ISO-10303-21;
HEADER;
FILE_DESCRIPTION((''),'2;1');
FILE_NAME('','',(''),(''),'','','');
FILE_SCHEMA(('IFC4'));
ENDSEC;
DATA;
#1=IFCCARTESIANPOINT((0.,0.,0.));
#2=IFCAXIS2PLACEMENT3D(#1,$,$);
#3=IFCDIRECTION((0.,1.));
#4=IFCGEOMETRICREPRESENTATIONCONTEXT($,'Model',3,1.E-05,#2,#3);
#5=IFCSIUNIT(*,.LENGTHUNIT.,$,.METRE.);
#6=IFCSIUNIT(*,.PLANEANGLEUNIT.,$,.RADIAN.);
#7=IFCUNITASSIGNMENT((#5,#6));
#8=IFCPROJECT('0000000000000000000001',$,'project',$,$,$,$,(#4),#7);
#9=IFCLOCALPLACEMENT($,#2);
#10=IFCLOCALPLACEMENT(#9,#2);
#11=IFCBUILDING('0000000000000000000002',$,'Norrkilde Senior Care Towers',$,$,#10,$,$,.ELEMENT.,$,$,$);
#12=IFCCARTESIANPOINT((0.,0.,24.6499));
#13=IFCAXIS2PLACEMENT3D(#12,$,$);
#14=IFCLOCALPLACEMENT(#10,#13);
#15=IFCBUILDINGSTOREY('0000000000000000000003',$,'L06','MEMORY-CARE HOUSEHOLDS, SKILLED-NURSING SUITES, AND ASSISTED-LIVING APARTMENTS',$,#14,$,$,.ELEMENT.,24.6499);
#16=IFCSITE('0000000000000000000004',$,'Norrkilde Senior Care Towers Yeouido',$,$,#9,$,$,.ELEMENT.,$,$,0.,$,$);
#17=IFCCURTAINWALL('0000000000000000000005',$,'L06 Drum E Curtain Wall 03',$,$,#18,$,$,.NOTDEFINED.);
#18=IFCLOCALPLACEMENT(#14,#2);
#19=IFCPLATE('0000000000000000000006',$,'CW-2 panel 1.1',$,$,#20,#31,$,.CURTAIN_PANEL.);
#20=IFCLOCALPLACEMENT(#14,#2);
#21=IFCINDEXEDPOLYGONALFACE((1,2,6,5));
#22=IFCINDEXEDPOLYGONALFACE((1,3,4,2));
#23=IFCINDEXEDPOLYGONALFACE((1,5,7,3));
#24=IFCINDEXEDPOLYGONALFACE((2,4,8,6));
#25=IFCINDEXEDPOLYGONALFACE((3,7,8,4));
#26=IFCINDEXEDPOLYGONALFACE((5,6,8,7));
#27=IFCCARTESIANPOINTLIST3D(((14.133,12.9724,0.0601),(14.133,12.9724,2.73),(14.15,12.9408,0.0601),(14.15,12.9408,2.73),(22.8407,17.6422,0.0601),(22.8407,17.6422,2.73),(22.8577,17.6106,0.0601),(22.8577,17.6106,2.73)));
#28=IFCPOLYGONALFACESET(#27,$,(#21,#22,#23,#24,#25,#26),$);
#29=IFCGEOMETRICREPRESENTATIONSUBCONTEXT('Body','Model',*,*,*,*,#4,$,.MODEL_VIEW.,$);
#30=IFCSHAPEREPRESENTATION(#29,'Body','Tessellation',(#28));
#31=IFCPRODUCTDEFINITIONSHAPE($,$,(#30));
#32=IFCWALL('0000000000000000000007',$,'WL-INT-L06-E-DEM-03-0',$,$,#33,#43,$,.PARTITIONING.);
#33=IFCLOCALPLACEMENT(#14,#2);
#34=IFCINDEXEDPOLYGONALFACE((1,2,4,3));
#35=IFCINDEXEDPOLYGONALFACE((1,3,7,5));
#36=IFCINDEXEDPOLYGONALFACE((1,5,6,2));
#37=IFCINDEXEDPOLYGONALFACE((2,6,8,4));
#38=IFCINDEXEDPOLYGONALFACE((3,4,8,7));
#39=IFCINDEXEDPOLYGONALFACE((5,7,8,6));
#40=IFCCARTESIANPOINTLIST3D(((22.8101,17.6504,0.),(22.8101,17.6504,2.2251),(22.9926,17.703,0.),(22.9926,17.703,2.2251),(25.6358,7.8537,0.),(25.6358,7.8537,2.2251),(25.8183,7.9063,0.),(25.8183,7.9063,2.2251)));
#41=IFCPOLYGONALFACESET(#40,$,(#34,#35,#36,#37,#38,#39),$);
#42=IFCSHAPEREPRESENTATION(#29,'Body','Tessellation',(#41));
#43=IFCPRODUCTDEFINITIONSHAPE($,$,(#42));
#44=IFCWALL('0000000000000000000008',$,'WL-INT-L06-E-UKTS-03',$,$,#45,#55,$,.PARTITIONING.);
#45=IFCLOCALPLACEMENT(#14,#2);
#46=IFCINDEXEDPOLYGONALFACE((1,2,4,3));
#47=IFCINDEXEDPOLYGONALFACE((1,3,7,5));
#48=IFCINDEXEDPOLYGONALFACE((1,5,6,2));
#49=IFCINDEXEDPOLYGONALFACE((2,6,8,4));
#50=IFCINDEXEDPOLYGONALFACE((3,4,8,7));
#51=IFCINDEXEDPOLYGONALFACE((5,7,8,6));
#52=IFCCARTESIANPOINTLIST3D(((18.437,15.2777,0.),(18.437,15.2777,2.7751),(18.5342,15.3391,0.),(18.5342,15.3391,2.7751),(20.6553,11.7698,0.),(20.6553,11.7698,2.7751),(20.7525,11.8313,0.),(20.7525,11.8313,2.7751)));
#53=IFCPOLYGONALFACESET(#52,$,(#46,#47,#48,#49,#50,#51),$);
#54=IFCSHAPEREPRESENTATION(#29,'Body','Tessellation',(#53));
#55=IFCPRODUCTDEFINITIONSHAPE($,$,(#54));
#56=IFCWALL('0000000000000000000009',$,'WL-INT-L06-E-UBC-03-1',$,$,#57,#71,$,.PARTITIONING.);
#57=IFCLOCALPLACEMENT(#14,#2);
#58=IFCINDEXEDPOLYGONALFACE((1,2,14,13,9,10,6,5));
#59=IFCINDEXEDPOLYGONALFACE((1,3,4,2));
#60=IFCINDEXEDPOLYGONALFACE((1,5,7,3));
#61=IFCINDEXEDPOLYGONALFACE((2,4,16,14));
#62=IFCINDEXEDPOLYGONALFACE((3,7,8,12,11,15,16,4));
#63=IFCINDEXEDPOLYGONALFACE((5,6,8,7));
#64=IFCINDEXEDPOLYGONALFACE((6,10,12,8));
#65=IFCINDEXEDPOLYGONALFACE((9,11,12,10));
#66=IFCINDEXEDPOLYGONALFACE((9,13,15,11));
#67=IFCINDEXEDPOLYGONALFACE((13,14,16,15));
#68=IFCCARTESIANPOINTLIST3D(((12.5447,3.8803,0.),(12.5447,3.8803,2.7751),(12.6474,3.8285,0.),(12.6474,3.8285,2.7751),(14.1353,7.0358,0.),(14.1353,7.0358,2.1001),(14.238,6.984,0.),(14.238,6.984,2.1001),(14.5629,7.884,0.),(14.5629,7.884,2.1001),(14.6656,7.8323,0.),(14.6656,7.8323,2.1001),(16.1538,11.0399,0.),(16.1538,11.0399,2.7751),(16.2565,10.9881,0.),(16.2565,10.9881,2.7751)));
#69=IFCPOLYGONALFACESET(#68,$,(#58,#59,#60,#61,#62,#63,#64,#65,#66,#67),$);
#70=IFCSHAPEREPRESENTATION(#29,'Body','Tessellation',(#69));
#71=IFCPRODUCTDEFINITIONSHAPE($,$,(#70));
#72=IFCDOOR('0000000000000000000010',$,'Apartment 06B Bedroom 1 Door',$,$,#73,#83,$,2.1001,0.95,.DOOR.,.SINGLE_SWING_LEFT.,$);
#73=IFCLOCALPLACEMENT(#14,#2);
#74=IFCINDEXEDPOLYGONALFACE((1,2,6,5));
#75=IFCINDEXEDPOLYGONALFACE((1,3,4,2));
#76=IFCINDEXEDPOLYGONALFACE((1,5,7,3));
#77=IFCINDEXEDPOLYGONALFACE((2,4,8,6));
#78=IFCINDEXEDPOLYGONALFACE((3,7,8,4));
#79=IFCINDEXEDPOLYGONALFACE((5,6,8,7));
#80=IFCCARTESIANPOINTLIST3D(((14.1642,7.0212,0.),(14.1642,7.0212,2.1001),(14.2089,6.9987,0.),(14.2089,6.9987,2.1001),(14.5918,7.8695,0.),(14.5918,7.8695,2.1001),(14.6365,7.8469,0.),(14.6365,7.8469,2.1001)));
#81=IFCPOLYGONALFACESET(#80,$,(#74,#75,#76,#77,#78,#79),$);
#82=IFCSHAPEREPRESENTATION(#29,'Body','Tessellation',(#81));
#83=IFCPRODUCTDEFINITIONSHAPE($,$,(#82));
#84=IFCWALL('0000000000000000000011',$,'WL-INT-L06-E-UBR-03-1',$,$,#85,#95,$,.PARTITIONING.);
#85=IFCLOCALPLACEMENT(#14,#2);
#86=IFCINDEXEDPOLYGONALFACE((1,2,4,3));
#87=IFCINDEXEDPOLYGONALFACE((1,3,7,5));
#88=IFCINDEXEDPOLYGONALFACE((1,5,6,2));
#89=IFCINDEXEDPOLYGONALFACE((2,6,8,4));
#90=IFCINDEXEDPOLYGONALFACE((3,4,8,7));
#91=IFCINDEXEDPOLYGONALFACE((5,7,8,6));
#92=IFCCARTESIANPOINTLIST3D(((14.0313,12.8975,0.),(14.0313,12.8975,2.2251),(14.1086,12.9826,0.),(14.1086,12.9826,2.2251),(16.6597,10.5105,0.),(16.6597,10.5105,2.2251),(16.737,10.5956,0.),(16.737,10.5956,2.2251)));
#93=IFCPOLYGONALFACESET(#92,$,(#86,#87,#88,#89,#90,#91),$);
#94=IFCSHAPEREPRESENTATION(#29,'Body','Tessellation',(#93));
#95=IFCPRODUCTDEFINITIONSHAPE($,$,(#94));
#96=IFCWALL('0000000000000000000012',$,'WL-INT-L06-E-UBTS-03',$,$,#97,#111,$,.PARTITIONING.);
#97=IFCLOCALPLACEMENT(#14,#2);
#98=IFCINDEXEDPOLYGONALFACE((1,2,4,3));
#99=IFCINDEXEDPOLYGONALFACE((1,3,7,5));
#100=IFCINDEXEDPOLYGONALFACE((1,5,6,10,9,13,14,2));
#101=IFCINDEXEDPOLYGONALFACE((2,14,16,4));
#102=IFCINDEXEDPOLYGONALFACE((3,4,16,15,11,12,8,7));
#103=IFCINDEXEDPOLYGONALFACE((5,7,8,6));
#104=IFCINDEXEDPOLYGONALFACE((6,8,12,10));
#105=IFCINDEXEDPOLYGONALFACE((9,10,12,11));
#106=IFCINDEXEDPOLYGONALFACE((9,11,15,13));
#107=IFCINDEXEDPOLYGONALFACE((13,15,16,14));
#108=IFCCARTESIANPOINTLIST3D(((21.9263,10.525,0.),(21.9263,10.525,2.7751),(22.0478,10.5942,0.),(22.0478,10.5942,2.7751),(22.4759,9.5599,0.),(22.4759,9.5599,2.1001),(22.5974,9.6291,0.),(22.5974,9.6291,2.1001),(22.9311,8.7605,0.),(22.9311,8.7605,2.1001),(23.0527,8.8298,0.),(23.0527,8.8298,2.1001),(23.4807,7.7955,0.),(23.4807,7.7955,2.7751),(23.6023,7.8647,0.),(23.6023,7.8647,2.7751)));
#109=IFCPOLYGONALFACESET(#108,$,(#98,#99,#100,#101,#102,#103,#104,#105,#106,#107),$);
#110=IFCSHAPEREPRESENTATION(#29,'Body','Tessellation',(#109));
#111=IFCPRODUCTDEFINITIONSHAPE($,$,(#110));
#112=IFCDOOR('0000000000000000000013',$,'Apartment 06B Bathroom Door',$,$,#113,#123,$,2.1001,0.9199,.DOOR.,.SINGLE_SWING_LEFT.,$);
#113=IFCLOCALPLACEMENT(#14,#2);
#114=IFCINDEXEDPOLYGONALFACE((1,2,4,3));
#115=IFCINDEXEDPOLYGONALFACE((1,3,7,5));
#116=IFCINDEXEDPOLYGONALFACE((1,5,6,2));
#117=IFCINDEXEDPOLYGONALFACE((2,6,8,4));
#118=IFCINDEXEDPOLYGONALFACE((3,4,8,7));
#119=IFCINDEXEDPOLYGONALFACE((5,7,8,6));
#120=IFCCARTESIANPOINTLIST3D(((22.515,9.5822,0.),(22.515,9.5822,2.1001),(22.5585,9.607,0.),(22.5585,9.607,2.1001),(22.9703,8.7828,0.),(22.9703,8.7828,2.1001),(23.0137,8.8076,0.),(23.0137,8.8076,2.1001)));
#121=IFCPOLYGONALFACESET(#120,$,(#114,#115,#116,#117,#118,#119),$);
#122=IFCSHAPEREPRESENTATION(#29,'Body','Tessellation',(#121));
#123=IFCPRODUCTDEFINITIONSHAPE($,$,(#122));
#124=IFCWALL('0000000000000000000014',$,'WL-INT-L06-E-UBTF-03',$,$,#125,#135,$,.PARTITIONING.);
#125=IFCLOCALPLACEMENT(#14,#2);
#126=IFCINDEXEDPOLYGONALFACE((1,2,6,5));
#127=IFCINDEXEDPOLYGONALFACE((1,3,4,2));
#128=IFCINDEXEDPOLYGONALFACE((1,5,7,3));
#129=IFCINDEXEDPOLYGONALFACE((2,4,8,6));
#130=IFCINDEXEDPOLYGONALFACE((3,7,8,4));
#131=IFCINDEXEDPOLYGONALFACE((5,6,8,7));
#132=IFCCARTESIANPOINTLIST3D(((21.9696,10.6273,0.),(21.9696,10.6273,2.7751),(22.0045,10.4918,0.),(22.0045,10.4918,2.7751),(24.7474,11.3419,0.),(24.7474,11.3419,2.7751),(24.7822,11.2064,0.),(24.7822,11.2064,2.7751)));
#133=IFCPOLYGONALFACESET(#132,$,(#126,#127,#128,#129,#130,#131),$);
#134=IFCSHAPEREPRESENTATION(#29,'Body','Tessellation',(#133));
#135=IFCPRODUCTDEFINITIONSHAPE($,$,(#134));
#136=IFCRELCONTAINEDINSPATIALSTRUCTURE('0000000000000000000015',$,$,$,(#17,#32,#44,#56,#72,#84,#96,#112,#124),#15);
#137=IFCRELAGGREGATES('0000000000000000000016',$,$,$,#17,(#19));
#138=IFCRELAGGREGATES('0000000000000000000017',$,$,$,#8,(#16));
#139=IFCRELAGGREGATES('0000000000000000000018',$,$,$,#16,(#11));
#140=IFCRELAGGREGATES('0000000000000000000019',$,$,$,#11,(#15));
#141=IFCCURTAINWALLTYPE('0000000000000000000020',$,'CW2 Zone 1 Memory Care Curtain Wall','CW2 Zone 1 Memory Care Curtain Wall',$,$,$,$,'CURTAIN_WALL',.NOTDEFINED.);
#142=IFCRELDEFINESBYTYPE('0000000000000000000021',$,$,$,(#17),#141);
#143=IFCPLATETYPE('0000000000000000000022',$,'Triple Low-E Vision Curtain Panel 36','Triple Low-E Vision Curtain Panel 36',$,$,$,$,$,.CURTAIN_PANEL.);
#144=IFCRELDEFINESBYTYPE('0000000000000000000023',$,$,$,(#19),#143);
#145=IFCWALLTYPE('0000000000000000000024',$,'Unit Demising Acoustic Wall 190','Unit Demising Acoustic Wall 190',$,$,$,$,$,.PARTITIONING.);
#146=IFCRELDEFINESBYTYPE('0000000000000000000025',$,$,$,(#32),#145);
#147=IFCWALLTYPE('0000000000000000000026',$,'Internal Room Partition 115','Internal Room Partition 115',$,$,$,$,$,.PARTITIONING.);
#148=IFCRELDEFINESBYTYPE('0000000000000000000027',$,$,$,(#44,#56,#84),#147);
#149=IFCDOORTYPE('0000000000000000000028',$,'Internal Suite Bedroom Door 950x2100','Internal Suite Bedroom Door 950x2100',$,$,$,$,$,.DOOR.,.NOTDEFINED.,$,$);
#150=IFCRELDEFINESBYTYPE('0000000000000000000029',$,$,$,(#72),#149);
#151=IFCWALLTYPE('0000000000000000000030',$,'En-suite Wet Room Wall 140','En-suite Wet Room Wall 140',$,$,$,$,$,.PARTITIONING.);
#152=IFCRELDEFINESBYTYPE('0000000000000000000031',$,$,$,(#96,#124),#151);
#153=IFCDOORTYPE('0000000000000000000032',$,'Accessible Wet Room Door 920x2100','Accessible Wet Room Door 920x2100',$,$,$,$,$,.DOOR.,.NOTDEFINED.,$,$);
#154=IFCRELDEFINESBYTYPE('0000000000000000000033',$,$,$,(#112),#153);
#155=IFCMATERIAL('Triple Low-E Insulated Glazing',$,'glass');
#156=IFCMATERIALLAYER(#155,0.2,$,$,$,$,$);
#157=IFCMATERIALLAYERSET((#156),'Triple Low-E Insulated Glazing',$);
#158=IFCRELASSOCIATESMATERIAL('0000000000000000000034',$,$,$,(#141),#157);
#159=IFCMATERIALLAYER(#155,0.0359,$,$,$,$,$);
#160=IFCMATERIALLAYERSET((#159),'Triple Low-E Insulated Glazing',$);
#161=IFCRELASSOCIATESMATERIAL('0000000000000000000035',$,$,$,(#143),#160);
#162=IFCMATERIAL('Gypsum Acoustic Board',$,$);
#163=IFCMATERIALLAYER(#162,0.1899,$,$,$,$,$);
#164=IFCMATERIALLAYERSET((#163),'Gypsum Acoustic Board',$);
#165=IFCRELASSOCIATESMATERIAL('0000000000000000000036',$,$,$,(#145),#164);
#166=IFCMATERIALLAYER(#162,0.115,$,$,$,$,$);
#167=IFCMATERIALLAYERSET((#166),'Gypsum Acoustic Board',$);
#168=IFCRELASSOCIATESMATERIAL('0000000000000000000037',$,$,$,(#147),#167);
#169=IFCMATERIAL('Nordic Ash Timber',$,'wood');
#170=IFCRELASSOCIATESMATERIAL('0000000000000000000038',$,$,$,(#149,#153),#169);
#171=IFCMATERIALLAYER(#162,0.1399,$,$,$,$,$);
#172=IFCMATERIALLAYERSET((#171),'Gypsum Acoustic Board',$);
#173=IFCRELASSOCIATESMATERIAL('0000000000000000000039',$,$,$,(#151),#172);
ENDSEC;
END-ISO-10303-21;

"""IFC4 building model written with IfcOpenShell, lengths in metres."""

from ifc_helpers import new_model, si_unit, direction, frame, frame_2d, origin, origin_2d, place, context, subcontext, project, spatial, rectangle, extrude, source, transform, mapped, material, layer, layer_set, type_object, type_shapes, element, fill, aggregate, save


model = new_model("IFC4")

# Units and contexts
model_context = context("Model", 3, precision=1e-05, world=origin(), true_north=direction((0.0, 1.0)))
body_context = subcontext(model_context, "Body", "Model", "MODEL_VIEW")
ifc_project = project(units=[si_unit("LENGTHUNIT", "METRE"), si_unit("PLANEANGLEUNIT", "RADIAN")], contexts=[model_context])

# Site, building, storey
site_placement = place(None, origin())
site = spatial("IfcSite", under=ifc_project, at=site_placement, Name="Norrkilde Senior Care Towers Yeouido", CompositionType="ELEMENT", RefElevation=0.0)
building_placement = place(site_placement, origin())
building = spatial("IfcBuilding", under=site, at=building_placement, Name="Norrkilde Senior Care Towers", CompositionType="ELEMENT")
storey_placement = place(building_placement, frame((0.0, 0.0, 24.6499)))
storey = spatial("IfcBuildingStorey", under=building, at=storey_placement, Name="L06", Description="MEMORY-CARE HOUSEHOLDS, SKILLED-NURSING SUITES, AND ASSISTED-LIVING APARTMENTS", CompositionType="ELEMENT", Elevation=24.6499)

# Shared definitions
ifc_material_1 = material(Name="Triple Low-E Insulated Glazing", Category="glass")
ifc_layer_1 = layer(ifc_material_1, 0.2)
ifc_layer_set_1 = layer_set([ifc_layer_1], Name="Triple Low-E Insulated Glazing")
curtain_wall_type = type_object("IfcCurtainWallType", Name="CW2 Zone 1 Memory Care Curtain Wall", Description="CW2 Zone 1 Memory Care Curtain Wall", ElementType="CURTAIN_WALL", PredefinedType="NOTDEFINED", material=ifc_layer_set_1)

# Curtain wall
curtain_wall_1_placement = place(storey_placement, origin())
curtain_wall_1 = element("IfcCurtainWall", 1, at=curtain_wall_1_placement, inside=storey, type_object=curtain_wall_type, Name="L06 Drum E Curtain Wall 03", PredefinedType="NOTDEFINED")

# Plate
ifc_layer_2 = layer(ifc_material_1, 0.0359)
ifc_layer_set_2 = layer_set([ifc_layer_2], Name="Triple Low-E Insulated Glazing")
plate_type = type_object("IfcPlateType", Name="Triple Low-E Vision Curtain Panel 36", Description="Triple Low-E Vision Curtain Panel 36", PredefinedType="CURTAIN_PANEL", material=ifc_layer_set_2)
shared_shape_1 = source(origin(), body_context, "Body", "SweptSolid", [
    extrude(rectangle(XDim=9.8809, YDim=0.0359, at=origin_2d()), origin(), (0.0, 0.0, 1.0), 2.6699),
])
plate_1_placement = place(storey_placement, frame((18.4954, 15.2915, 0.0601), z_axis=(0.0, 0.0, 1.0), x_axis=(0.881273, 0.472608, 0.0)))
plate_1 = element("IfcPlate", 2, at=plate_1_placement, type_object=plate_type, Name="CW-2 panel 1.1", PredefinedType="CURTAIN_PANEL", context=body_context, shape_type="MappedRepresentation", body=[
    mapped(shared_shape_1, transform((0.0, 0.0, 0.0), x_axis=(1.0, 0.0, 0.0), y_axis=(0.0, 1.0, 0.0), z_axis=(0.0, 0.0, 1.0), scale=1.0)),
])
aggregate(curtain_wall_1, [plate_1])

# Walls
ifc_material_2 = material(Name="Gypsum Acoustic Board")
ifc_layer_3 = layer(ifc_material_2, 0.1899)
ifc_layer_set_3 = layer_set([ifc_layer_3], Name="Gypsum Acoustic Board")
wall_type_1 = type_object("IfcWallType", Name="Unit Demising Acoustic Wall 190", Description="Unit Demising Acoustic Wall 190", PredefinedType="PARTITIONING", material=ifc_layer_set_3)
shared_shape_2 = source(origin(), body_context, "Body", "SweptSolid", [
    extrude(rectangle(XDim=10.196, YDim=0.1899, at=frame_2d((5.0981, 0.0))), origin(), (0.0, 0.0, 1.0), 2.2251),
])
type_shapes(wall_type_1, [shared_shape_2])
wall_1_placement = place(storey_placement, frame((25.7271, 7.8799, 0.0), z_axis=(0.0, 0.0, 1.0), x_axis=(-0.277136, 0.960831, 0.0)))
element("IfcWall", 3, at=wall_1_placement, inside=storey, type_object=wall_type_1, Name="WL-INT-L06-E-DEM-03-0", PredefinedType="PARTITIONING", context=body_context, shape_type="MappedRepresentation", body=[
    mapped(shared_shape_2, transform((0.0, 0.0, 0.0), x_axis=(1.0, 0.0, 0.0), y_axis=(0.0, 1.0, 0.0), z_axis=(0.0, 0.0, 1.0), scale=1.0)),
])
ifc_layer_4 = layer(ifc_material_2, 0.115)
ifc_layer_set_4 = layer_set([ifc_layer_4], Name="Gypsum Acoustic Board")
wall_type_2 = type_object("IfcWallType", Name="Internal Room Partition 115", Description="Internal Room Partition 115", PredefinedType="PARTITIONING", material=ifc_layer_set_4)
shared_shape_3 = source(origin(), body_context, "Body", "SweptSolid", [
    extrude(rectangle(XDim=4.1504, YDim=0.115, at=frame_2d((2.0752, 0.0))), origin(), (0.0, 0.0, 1.0), 2.7751),
])
wall_2_placement = place(storey_placement, frame((20.7039, 11.8005, 0.0), z_axis=(0.0, 0.0, 1.0), x_axis=(-0.534475, 0.845184, 0.0)))
element("IfcWall", 4, at=wall_2_placement, inside=storey, type_object=wall_type_2, Name="WL-INT-L06-E-UKTS-03", PredefinedType="PARTITIONING", context=body_context, shape_type="MappedRepresentation", body=[
    mapped(shared_shape_3, transform((0.0, 0.0, 0.0), x_axis=(1.0, 0.0, 0.0), y_axis=(0.0, 1.0, 0.0), z_axis=(0.0, 0.0, 1.0), scale=1.0)),
])

# Wall, opening, door
shared_shape_4 = source(origin(), body_context, "Body", "SweptSolid", [
    extrude(rectangle(XDim=8.0178, YDim=0.115, at=frame_2d((4.0088, 0.0))), origin(), (0.0, 0.0, 1.0), 2.7751),
])
wall_3_placement = place(storey_placement, frame((16.2051, 11.0139, 0.0), z_axis=(0.0, 0.0, 1.0), x_axis=(-0.450134, -0.892961, 0.0)))
wall_3 = element("IfcWall", 5, at=wall_3_placement, inside=storey, type_object=wall_type_2, Name="WL-INT-L06-E-UBC-03-1", PredefinedType="PARTITIONING", context=body_context, shape_type="MappedRepresentation", body=[
    mapped(shared_shape_4, transform((0.0, 0.0, 0.0), x_axis=(1.0, 0.0, 0.0), y_axis=(0.0, 1.0, 0.0), z_axis=(0.0, 0.0, 1.0), scale=1.0)),
])
opening_1_placement = place(wall_3_placement, frame((3.5339, 0.0, 0.0)))
opening_1 = element("IfcOpeningElement", 6, at=opening_1_placement, cuts=wall_3, PredefinedType="OPENING", context=body_context, shape_type="SweptSolid", body=[
    extrude(rectangle(XDim=0.95, YDim=2.1001, at=frame_2d((0.4751, 1.05))), frame((0.0, 0.0674, 0.0), z_axis=(0.0, -1.0, 0.0), x_axis=(1.0, 0.0, 0.0)), (0.0, 0.0, 1.0), 0.135),
])
ifc_material_3 = material(Name="Nordic Ash Timber", Category="wood")
door_type_1 = type_object("IfcDoorType", Name="Internal Suite Bedroom Door 950x2100", Description="Internal Suite Bedroom Door 950x2100", OperationType="NOTDEFINED", PredefinedType="DOOR", material=ifc_material_3)
shared_shape_5 = source(origin(), body_context, "Body", "SweptSolid", [
    extrude(rectangle(XDim=0.95, YDim=2.1001, at=frame_2d((0.4751, 1.05))), frame((0.0, 0.0249, 0.0), z_axis=(0.0, -1.0, 0.0), x_axis=(1.0, 0.0, 0.0)), (0.0, 0.0, 1.0), 0.05),
])
type_shapes(door_type_1, [shared_shape_5])
door_1_placement = place(opening_1_placement, origin())
door_1 = element("IfcDoor", 7, at=door_1_placement, inside=storey, type_object=door_type_1, Name="Apartment 06B Bedroom 1 Door", OperationType="SINGLE_SWING_LEFT", OverallHeight=2.1001, OverallWidth=0.95, PredefinedType="DOOR", context=body_context, shape_type="MappedRepresentation", body=[
    mapped(shared_shape_5, transform((0.0, 0.0, 0.0), x_axis=(1.0, 0.0, 0.0), y_axis=(0.0, 1.0, 0.0), z_axis=(0.0, 0.0, 1.0), scale=1.0)),
])
fill(opening_1, door_1)

# Wall
shared_shape_6 = source(origin(), body_context, "Body", "SweptSolid", [
    extrude(rectangle(XDim=3.5505, YDim=0.115, at=frame_2d((1.7754, 0.0))), origin(), (0.0, 0.0, 1.0), 2.2251),
])
wall_4_placement = place(storey_placement, frame((16.6985, 10.553, 0.0), z_axis=(0.0, 0.0, 1.0), x_axis=(-0.740292, 0.672286, 0.0)))
element("IfcWall", 8, at=wall_4_placement, inside=storey, type_object=wall_type_2, Name="WL-INT-L06-E-UBR-03-1", PredefinedType="PARTITIONING", context=body_context, shape_type="MappedRepresentation", body=[
    mapped(shared_shape_6, transform((0.0, 0.0, 0.0), x_axis=(1.0, 0.0, 0.0), y_axis=(0.0, 1.0, 0.0), z_axis=(0.0, 0.0, 1.0), scale=1.0)),
])

# Wall, opening, door
ifc_layer_5 = layer(ifc_material_2, 0.1399)
ifc_layer_set_5 = layer_set([ifc_layer_5], Name="Gypsum Acoustic Board")
wall_type_3 = type_object("IfcWallType", Name="En-suite Wet Room Wall 140", Description="En-suite Wet Room Wall 140", PredefinedType="PARTITIONING", material=ifc_layer_set_5)
shared_shape_7 = source(origin(), body_context, "Body", "SweptSolid", [
    extrude(rectangle(XDim=3.1411, YDim=0.1399, at=frame_2d((1.5706, 0.0))), origin(), (0.0, 0.0, 1.0), 2.7751),
])
wall_5_placement = place(storey_placement, frame((23.5415, 7.8301, 0.0), z_axis=(0.0, 0.0, 1.0), x_axis=(-0.494874, 0.868964, 0.0)))
wall_5 = element("IfcWall", 9, at=wall_5_placement, inside=storey, type_object=wall_type_3, Name="WL-INT-L06-E-UBTS-03", PredefinedType="PARTITIONING", context=body_context, shape_type="MappedRepresentation", body=[
    mapped(shared_shape_7, transform((0.0, 0.0, 0.0), x_axis=(1.0, 0.0, 0.0), y_axis=(0.0, 1.0, 0.0), z_axis=(0.0, 0.0, 1.0), scale=1.0)),
])
opening_2_placement = place(wall_5_placement, frame((1.1106, 0.0, 0.0)))
opening_2 = element("IfcOpeningElement", 10, at=opening_2_placement, cuts=wall_5, PredefinedType="OPENING", context=body_context, shape_type="SweptSolid", body=[
    extrude(rectangle(XDim=0.9199, YDim=2.1001, at=frame_2d((0.46, 1.05))), frame((0.0, 0.0798, 0.0), z_axis=(0.0, -1.0, 0.0), x_axis=(1.0, 0.0, 0.0)), (0.0, 0.0, 1.0), 0.1599),
])
door_type_2 = type_object("IfcDoorType", Name="Accessible Wet Room Door 920x2100", Description="Accessible Wet Room Door 920x2100", OperationType="NOTDEFINED", PredefinedType="DOOR", material=ifc_material_3)
shared_shape_8 = source(origin(), body_context, "Body", "SweptSolid", [
    extrude(rectangle(XDim=0.9199, YDim=2.1001, at=frame_2d((0.46, 1.05))), frame((0.0, 0.0249, 0.0), z_axis=(0.0, -1.0, 0.0), x_axis=(1.0, 0.0, 0.0)), (0.0, 0.0, 1.0), 0.05),
])
type_shapes(door_type_2, [shared_shape_8])
door_2_placement = place(opening_2_placement, origin())
door_2 = element("IfcDoor", 11, at=door_2_placement, inside=storey, type_object=door_type_2, Name="Apartment 06B Bathroom Door", OperationType="SINGLE_SWING_LEFT", OverallHeight=2.1001, OverallWidth=0.9199, PredefinedType="DOOR", context=body_context, shape_type="MappedRepresentation", body=[
    mapped(shared_shape_8, transform((0.0, 0.0, 0.0), x_axis=(1.0, 0.0, 0.0), y_axis=(0.0, 1.0, 0.0), z_axis=(0.0, 0.0, 1.0), scale=1.0)),
])
fill(opening_2, door_2)

# Wall
shared_shape_9 = source(origin(), body_context, "Body", "SweptSolid", [
    extrude(rectangle(XDim=2.8682, YDim=0.1399, at=frame_2d((1.4341, 0.0))), origin(), (0.0, 0.0, 1.0), 2.7751),
])
type_shapes(wall_type_3, [shared_shape_7, shared_shape_9])
wall_6_placement = place(storey_placement, frame((21.9871, 10.5596, 0.0), z_axis=(0.0, 0.0, 1.0), x_axis=(0.968468, 0.249139, 0.0)))
element("IfcWall", 12, at=wall_6_placement, inside=storey, type_object=wall_type_3, Name="WL-INT-L06-E-UBTF-03", PredefinedType="PARTITIONING", context=body_context, shape_type="MappedRepresentation", body=[
    mapped(shared_shape_9, transform((0.0, 0.0, 0.0), x_axis=(1.0, 0.0, 0.0), y_axis=(0.0, 1.0, 0.0), z_axis=(0.0, 0.0, 1.0), scale=1.0)),
])

save(model, "model.ifc")
